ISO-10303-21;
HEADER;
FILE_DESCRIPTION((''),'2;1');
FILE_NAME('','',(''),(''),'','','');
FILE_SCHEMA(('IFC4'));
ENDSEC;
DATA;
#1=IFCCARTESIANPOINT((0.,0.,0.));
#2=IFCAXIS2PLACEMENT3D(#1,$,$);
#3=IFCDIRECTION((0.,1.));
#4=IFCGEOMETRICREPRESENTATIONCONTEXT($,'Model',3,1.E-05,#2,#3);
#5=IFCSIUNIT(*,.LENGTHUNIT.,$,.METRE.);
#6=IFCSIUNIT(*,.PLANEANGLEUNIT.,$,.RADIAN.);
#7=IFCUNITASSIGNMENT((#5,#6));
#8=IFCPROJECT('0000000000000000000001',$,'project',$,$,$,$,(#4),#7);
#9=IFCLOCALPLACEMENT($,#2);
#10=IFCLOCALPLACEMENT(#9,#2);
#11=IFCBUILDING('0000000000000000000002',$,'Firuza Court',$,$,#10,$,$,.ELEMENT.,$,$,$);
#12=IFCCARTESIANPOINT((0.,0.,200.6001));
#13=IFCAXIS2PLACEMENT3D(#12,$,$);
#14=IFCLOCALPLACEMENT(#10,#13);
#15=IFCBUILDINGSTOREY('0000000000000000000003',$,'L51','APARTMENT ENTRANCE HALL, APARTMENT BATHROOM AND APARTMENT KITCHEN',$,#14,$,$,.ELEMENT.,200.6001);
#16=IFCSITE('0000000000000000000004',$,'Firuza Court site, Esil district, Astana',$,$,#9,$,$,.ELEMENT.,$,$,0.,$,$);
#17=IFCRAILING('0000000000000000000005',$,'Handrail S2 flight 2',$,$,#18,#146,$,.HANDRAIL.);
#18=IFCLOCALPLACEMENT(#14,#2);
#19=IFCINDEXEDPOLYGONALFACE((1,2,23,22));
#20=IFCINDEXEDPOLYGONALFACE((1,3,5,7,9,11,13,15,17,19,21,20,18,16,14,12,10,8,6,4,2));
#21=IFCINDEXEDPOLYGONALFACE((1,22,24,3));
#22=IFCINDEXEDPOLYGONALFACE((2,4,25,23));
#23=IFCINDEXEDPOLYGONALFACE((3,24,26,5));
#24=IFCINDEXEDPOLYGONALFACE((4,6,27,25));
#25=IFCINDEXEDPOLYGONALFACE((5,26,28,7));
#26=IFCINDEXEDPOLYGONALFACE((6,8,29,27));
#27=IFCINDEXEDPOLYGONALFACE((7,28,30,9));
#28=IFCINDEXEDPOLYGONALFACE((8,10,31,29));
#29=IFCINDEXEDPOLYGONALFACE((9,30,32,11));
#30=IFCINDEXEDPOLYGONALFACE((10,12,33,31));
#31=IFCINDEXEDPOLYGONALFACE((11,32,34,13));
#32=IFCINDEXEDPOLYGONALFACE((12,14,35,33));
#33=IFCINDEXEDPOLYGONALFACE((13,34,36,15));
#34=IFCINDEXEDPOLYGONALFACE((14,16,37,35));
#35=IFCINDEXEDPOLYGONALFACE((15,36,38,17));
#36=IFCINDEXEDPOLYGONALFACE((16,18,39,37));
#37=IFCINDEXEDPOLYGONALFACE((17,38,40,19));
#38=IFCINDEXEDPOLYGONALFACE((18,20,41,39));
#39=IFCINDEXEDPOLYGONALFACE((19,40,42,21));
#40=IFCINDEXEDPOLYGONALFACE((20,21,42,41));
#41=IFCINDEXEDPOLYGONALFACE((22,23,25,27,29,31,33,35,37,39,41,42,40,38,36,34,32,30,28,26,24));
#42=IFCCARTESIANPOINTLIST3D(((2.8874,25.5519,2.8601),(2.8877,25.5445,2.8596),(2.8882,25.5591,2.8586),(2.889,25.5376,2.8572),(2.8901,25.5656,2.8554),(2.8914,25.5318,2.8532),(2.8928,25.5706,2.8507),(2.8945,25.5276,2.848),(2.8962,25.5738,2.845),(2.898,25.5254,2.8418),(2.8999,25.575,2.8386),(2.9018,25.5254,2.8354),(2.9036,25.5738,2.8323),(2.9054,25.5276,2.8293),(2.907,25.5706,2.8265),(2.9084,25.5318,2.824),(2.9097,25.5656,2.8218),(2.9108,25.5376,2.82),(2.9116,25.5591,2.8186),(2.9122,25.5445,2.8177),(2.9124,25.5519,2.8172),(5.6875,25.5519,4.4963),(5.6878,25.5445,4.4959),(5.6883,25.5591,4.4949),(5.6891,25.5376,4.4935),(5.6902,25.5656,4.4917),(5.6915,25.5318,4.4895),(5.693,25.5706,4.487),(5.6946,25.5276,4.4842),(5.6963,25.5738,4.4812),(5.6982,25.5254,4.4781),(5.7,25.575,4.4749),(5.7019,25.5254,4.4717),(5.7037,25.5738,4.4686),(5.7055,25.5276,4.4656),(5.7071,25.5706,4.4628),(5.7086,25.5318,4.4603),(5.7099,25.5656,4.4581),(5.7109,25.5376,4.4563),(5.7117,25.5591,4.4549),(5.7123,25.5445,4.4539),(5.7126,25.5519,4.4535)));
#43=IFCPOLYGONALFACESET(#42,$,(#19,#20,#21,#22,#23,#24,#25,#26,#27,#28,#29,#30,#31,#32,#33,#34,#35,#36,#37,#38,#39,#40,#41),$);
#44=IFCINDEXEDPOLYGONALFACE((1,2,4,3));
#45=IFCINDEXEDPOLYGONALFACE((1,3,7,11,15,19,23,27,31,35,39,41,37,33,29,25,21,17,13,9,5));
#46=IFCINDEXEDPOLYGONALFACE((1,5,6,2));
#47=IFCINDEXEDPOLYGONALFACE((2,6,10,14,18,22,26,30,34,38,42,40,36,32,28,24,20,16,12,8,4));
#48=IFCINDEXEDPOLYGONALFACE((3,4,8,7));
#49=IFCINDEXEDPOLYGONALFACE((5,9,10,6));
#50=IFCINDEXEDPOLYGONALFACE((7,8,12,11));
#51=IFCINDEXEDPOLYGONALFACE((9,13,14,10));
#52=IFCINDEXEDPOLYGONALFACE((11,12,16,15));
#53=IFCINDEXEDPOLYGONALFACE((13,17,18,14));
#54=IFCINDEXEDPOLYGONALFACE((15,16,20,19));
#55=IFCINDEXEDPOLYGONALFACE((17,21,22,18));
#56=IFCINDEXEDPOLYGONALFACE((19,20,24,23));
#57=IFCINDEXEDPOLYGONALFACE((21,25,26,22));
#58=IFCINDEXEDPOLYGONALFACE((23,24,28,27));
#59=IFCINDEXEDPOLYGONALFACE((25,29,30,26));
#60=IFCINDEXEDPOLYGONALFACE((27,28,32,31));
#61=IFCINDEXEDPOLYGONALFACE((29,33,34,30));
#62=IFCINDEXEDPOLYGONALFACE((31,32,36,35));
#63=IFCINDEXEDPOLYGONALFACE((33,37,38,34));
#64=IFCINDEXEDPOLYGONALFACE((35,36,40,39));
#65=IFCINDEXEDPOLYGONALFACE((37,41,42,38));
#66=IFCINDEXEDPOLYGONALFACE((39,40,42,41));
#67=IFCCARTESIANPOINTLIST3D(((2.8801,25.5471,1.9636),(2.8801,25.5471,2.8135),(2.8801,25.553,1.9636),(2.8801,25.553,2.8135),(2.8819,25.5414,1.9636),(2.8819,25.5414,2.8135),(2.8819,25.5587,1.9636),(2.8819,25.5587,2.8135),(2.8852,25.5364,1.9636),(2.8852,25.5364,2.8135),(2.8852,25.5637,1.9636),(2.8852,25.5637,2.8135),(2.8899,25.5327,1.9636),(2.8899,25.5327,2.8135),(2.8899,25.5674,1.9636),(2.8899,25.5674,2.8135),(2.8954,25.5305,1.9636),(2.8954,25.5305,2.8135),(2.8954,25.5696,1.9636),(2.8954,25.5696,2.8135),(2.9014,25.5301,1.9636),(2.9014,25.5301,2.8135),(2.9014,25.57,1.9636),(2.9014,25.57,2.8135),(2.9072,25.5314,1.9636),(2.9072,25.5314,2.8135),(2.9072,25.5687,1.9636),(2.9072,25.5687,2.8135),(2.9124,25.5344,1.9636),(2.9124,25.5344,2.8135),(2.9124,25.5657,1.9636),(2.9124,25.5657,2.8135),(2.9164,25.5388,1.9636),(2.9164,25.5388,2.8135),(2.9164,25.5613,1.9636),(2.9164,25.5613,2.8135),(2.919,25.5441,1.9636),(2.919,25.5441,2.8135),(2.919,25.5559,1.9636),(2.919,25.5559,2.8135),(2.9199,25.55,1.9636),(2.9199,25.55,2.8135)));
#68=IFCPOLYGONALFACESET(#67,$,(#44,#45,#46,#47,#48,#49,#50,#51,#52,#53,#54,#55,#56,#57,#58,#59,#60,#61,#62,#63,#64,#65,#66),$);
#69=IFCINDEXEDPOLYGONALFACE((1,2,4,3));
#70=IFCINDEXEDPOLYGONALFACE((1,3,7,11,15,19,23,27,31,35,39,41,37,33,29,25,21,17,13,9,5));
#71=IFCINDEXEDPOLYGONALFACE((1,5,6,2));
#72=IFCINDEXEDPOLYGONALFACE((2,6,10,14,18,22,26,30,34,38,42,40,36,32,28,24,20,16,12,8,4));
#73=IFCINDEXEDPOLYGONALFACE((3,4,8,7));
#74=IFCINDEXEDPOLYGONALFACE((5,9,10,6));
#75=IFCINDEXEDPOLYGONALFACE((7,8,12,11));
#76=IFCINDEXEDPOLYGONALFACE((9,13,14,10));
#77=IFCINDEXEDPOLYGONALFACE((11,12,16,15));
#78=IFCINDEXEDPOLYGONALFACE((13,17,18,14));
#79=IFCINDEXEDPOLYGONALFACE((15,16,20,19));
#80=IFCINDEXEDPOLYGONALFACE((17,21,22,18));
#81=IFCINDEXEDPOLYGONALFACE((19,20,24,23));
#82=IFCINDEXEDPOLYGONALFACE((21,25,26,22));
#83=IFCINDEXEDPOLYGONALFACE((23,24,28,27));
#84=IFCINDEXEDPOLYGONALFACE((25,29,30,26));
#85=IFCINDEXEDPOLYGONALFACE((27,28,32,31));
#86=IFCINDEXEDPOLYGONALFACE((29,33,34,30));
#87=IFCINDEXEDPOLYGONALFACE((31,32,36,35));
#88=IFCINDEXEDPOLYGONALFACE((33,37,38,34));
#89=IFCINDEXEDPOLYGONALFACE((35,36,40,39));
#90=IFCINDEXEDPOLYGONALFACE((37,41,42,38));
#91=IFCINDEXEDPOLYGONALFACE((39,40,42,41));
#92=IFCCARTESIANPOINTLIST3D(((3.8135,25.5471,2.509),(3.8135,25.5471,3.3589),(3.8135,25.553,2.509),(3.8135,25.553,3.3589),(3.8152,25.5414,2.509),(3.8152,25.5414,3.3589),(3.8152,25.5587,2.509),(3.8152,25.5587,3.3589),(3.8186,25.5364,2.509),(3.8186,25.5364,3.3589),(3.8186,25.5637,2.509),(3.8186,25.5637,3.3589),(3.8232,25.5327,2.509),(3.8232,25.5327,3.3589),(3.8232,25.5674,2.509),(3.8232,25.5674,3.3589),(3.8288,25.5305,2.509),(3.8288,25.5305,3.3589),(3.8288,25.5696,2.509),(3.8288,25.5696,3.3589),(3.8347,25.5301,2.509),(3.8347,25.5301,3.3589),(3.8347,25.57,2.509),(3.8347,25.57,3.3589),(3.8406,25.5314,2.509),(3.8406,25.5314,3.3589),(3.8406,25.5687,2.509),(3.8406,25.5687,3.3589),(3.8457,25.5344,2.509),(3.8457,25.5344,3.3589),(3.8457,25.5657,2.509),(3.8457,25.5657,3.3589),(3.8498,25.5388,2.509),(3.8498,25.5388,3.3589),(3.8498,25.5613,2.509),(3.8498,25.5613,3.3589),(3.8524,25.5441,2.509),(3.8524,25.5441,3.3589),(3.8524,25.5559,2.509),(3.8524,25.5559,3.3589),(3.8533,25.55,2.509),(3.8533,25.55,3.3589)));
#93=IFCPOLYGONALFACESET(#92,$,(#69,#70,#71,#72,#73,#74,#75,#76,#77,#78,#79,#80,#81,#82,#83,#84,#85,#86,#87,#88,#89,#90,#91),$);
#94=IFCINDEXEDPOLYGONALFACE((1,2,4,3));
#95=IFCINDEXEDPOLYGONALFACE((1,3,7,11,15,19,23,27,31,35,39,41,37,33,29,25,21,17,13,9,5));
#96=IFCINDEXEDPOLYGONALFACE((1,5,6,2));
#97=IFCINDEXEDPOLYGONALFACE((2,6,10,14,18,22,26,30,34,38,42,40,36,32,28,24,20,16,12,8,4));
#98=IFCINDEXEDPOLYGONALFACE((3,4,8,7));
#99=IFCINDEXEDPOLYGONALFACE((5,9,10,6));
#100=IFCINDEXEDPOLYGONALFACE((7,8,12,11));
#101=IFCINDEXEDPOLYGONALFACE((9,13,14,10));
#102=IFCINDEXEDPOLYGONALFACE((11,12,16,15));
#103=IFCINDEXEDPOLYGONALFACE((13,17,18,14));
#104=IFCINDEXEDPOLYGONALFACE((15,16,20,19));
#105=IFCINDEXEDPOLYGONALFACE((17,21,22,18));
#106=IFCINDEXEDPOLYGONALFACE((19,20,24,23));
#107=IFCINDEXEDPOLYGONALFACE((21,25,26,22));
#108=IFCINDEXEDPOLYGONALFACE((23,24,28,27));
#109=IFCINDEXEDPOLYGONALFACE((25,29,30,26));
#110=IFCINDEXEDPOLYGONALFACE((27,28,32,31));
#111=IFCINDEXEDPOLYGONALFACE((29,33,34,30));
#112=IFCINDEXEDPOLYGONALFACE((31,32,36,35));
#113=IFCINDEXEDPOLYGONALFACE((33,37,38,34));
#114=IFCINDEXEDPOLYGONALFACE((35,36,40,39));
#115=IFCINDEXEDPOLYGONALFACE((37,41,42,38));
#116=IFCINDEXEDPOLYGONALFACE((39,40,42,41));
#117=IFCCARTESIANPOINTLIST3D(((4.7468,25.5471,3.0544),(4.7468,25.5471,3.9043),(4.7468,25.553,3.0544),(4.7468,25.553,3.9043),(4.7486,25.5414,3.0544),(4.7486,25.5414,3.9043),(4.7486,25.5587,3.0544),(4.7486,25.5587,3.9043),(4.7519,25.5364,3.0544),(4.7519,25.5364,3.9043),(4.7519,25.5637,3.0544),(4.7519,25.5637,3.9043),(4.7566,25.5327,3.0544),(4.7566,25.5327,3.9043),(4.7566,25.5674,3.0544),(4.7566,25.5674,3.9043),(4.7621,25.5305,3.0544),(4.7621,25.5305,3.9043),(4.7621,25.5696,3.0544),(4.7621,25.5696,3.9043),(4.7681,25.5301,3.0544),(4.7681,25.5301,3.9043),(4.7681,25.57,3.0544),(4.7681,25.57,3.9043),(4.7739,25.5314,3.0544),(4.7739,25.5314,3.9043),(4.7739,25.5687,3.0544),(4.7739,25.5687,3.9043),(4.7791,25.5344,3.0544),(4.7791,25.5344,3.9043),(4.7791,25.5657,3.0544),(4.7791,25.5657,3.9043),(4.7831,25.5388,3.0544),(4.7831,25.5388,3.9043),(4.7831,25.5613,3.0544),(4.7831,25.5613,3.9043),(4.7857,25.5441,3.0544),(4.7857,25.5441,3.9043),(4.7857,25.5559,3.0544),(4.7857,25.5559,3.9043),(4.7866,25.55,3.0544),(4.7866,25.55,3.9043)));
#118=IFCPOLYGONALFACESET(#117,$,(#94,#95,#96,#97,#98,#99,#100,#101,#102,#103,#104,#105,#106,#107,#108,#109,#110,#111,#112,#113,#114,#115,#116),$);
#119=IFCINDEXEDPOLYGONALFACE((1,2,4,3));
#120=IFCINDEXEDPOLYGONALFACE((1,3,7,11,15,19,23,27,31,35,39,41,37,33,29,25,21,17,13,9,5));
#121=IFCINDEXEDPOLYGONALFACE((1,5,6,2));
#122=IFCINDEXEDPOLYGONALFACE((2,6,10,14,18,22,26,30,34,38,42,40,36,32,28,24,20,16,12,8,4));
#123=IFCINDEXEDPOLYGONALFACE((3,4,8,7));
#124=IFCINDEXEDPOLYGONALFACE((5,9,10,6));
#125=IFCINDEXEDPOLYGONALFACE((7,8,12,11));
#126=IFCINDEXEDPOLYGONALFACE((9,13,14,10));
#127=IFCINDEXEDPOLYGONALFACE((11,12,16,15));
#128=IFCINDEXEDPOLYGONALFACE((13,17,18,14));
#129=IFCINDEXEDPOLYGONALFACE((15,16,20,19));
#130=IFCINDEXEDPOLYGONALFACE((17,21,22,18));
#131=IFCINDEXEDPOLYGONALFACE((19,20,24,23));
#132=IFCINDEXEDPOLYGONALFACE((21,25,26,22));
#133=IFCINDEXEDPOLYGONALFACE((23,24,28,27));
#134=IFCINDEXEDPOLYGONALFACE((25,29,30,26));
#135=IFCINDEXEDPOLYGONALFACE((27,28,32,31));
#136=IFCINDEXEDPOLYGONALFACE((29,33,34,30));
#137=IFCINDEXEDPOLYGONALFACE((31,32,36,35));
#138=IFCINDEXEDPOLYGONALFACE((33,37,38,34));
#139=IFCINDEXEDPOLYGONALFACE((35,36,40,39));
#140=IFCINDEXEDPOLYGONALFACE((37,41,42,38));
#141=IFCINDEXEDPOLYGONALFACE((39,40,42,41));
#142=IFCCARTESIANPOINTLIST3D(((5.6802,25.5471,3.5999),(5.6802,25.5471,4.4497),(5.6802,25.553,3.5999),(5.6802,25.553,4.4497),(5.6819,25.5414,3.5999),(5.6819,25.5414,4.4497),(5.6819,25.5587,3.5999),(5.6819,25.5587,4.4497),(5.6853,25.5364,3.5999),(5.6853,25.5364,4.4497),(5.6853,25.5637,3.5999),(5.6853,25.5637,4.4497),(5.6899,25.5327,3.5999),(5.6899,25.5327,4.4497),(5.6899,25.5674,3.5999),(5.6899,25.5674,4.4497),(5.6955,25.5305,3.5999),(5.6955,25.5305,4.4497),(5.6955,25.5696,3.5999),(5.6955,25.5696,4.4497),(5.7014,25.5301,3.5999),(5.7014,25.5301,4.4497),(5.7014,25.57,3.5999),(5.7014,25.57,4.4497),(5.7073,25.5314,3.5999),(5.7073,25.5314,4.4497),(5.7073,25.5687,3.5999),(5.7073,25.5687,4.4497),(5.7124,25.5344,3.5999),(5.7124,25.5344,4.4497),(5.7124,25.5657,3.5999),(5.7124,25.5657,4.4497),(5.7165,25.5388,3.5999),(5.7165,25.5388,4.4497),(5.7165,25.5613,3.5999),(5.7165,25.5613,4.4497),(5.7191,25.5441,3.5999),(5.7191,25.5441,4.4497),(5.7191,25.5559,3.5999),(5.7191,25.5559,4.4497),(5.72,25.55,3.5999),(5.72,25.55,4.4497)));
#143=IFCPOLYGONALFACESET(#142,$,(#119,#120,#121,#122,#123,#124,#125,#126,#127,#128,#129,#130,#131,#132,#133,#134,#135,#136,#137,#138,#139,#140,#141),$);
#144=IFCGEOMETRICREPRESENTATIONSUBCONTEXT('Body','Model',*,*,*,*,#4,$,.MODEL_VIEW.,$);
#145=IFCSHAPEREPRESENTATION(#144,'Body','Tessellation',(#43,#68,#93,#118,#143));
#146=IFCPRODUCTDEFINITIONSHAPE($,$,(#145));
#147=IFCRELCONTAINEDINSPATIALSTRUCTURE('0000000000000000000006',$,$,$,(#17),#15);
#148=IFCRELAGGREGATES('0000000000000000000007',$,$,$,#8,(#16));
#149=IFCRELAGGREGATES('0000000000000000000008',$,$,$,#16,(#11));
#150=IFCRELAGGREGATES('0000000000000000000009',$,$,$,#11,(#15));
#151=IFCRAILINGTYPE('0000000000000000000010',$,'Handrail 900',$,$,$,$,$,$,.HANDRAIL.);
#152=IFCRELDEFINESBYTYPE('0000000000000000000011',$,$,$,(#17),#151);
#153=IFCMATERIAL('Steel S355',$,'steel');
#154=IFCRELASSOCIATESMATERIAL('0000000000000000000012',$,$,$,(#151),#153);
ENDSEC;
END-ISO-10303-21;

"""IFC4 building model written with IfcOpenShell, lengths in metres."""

from ifc_helpers import new_model, si_unit, direction, frame, origin, origin_2d, place, context, subcontext, project, spatial, circle, extrude, material, type_object, element, save


model = new_model("IFC4")

# Units and contexts
model_context = context("Model", 3, precision=1e-05, world=origin(), true_north=direction((0.0, 1.0)))
body_context = subcontext(model_context, "Body", "Model", "MODEL_VIEW")
ifc_project = project(units=[si_unit("LENGTHUNIT", "METRE"), si_unit("PLANEANGLEUNIT", "RADIAN")], contexts=[model_context])

# Site, building, storey
site_placement = place(None, origin())
site = spatial("IfcSite", under=ifc_project, at=site_placement, Name="Firuza Court site, Esil district, Astana", CompositionType="ELEMENT", RefElevation=0.0)
building_placement = place(site_placement, origin())
building = spatial("IfcBuilding", under=site, at=building_placement, Name="Firuza Court", CompositionType="ELEMENT")
storey_placement = place(building_placement, frame((0.0, 0.0, 200.6001)))
storey = spatial("IfcBuildingStorey", under=building, at=storey_placement, Name="L51", Description="APARTMENT ENTRANCE HALL, APARTMENT BATHROOM AND APARTMENT KITCHEN", CompositionType="ELEMENT", Elevation=200.6001)

# Railing
ifc_material_1 = material(Name="Steel S355", Category="steel")
railing_type_1 = type_object("IfcRailingType", Name="Handrail 900", PredefinedType="HANDRAIL", material=ifc_material_1)
railing_1_placement = place(storey_placement, frame((2.8999, 25.55, 1.9636)))
element("IfcRailing", 1, at=railing_1_placement, inside=storey, type_object=railing_type_1, Name="Handrail S2 flight 2", PredefinedType="HANDRAIL", context=body_context, shape_type="SweptSolid", body=[
    extrude(circle(Radius=0.0249, at=origin_2d()), frame((0.0, 0.0, 0.875), z_axis=(0.863394, 0.0, 0.504531), x_axis=(0.0, 1.0, 0.0)), (0.0, 0.0, 1.0), 3.2432),
    extrude(circle(Radius=0.02, at=origin_2d()), origin(), (0.0, 0.0, 1.0), 0.8499),
    extrude(circle(Radius=0.02, at=origin_2d()), frame((0.9333, 0.0, 0.5454)), (0.0, 0.0, 1.0), 0.8499),
    extrude(circle(Radius=0.02, at=origin_2d()), frame((1.8667, 0.0, 1.0908)), (0.0, 0.0, 1.0), 0.8499),
    extrude(circle(Radius=0.02, at=origin_2d()), frame((2.8, 0.0, 1.6362)), (0.0, 0.0, 1.0), 0.8499),
])

save(model, "model.ifc")
